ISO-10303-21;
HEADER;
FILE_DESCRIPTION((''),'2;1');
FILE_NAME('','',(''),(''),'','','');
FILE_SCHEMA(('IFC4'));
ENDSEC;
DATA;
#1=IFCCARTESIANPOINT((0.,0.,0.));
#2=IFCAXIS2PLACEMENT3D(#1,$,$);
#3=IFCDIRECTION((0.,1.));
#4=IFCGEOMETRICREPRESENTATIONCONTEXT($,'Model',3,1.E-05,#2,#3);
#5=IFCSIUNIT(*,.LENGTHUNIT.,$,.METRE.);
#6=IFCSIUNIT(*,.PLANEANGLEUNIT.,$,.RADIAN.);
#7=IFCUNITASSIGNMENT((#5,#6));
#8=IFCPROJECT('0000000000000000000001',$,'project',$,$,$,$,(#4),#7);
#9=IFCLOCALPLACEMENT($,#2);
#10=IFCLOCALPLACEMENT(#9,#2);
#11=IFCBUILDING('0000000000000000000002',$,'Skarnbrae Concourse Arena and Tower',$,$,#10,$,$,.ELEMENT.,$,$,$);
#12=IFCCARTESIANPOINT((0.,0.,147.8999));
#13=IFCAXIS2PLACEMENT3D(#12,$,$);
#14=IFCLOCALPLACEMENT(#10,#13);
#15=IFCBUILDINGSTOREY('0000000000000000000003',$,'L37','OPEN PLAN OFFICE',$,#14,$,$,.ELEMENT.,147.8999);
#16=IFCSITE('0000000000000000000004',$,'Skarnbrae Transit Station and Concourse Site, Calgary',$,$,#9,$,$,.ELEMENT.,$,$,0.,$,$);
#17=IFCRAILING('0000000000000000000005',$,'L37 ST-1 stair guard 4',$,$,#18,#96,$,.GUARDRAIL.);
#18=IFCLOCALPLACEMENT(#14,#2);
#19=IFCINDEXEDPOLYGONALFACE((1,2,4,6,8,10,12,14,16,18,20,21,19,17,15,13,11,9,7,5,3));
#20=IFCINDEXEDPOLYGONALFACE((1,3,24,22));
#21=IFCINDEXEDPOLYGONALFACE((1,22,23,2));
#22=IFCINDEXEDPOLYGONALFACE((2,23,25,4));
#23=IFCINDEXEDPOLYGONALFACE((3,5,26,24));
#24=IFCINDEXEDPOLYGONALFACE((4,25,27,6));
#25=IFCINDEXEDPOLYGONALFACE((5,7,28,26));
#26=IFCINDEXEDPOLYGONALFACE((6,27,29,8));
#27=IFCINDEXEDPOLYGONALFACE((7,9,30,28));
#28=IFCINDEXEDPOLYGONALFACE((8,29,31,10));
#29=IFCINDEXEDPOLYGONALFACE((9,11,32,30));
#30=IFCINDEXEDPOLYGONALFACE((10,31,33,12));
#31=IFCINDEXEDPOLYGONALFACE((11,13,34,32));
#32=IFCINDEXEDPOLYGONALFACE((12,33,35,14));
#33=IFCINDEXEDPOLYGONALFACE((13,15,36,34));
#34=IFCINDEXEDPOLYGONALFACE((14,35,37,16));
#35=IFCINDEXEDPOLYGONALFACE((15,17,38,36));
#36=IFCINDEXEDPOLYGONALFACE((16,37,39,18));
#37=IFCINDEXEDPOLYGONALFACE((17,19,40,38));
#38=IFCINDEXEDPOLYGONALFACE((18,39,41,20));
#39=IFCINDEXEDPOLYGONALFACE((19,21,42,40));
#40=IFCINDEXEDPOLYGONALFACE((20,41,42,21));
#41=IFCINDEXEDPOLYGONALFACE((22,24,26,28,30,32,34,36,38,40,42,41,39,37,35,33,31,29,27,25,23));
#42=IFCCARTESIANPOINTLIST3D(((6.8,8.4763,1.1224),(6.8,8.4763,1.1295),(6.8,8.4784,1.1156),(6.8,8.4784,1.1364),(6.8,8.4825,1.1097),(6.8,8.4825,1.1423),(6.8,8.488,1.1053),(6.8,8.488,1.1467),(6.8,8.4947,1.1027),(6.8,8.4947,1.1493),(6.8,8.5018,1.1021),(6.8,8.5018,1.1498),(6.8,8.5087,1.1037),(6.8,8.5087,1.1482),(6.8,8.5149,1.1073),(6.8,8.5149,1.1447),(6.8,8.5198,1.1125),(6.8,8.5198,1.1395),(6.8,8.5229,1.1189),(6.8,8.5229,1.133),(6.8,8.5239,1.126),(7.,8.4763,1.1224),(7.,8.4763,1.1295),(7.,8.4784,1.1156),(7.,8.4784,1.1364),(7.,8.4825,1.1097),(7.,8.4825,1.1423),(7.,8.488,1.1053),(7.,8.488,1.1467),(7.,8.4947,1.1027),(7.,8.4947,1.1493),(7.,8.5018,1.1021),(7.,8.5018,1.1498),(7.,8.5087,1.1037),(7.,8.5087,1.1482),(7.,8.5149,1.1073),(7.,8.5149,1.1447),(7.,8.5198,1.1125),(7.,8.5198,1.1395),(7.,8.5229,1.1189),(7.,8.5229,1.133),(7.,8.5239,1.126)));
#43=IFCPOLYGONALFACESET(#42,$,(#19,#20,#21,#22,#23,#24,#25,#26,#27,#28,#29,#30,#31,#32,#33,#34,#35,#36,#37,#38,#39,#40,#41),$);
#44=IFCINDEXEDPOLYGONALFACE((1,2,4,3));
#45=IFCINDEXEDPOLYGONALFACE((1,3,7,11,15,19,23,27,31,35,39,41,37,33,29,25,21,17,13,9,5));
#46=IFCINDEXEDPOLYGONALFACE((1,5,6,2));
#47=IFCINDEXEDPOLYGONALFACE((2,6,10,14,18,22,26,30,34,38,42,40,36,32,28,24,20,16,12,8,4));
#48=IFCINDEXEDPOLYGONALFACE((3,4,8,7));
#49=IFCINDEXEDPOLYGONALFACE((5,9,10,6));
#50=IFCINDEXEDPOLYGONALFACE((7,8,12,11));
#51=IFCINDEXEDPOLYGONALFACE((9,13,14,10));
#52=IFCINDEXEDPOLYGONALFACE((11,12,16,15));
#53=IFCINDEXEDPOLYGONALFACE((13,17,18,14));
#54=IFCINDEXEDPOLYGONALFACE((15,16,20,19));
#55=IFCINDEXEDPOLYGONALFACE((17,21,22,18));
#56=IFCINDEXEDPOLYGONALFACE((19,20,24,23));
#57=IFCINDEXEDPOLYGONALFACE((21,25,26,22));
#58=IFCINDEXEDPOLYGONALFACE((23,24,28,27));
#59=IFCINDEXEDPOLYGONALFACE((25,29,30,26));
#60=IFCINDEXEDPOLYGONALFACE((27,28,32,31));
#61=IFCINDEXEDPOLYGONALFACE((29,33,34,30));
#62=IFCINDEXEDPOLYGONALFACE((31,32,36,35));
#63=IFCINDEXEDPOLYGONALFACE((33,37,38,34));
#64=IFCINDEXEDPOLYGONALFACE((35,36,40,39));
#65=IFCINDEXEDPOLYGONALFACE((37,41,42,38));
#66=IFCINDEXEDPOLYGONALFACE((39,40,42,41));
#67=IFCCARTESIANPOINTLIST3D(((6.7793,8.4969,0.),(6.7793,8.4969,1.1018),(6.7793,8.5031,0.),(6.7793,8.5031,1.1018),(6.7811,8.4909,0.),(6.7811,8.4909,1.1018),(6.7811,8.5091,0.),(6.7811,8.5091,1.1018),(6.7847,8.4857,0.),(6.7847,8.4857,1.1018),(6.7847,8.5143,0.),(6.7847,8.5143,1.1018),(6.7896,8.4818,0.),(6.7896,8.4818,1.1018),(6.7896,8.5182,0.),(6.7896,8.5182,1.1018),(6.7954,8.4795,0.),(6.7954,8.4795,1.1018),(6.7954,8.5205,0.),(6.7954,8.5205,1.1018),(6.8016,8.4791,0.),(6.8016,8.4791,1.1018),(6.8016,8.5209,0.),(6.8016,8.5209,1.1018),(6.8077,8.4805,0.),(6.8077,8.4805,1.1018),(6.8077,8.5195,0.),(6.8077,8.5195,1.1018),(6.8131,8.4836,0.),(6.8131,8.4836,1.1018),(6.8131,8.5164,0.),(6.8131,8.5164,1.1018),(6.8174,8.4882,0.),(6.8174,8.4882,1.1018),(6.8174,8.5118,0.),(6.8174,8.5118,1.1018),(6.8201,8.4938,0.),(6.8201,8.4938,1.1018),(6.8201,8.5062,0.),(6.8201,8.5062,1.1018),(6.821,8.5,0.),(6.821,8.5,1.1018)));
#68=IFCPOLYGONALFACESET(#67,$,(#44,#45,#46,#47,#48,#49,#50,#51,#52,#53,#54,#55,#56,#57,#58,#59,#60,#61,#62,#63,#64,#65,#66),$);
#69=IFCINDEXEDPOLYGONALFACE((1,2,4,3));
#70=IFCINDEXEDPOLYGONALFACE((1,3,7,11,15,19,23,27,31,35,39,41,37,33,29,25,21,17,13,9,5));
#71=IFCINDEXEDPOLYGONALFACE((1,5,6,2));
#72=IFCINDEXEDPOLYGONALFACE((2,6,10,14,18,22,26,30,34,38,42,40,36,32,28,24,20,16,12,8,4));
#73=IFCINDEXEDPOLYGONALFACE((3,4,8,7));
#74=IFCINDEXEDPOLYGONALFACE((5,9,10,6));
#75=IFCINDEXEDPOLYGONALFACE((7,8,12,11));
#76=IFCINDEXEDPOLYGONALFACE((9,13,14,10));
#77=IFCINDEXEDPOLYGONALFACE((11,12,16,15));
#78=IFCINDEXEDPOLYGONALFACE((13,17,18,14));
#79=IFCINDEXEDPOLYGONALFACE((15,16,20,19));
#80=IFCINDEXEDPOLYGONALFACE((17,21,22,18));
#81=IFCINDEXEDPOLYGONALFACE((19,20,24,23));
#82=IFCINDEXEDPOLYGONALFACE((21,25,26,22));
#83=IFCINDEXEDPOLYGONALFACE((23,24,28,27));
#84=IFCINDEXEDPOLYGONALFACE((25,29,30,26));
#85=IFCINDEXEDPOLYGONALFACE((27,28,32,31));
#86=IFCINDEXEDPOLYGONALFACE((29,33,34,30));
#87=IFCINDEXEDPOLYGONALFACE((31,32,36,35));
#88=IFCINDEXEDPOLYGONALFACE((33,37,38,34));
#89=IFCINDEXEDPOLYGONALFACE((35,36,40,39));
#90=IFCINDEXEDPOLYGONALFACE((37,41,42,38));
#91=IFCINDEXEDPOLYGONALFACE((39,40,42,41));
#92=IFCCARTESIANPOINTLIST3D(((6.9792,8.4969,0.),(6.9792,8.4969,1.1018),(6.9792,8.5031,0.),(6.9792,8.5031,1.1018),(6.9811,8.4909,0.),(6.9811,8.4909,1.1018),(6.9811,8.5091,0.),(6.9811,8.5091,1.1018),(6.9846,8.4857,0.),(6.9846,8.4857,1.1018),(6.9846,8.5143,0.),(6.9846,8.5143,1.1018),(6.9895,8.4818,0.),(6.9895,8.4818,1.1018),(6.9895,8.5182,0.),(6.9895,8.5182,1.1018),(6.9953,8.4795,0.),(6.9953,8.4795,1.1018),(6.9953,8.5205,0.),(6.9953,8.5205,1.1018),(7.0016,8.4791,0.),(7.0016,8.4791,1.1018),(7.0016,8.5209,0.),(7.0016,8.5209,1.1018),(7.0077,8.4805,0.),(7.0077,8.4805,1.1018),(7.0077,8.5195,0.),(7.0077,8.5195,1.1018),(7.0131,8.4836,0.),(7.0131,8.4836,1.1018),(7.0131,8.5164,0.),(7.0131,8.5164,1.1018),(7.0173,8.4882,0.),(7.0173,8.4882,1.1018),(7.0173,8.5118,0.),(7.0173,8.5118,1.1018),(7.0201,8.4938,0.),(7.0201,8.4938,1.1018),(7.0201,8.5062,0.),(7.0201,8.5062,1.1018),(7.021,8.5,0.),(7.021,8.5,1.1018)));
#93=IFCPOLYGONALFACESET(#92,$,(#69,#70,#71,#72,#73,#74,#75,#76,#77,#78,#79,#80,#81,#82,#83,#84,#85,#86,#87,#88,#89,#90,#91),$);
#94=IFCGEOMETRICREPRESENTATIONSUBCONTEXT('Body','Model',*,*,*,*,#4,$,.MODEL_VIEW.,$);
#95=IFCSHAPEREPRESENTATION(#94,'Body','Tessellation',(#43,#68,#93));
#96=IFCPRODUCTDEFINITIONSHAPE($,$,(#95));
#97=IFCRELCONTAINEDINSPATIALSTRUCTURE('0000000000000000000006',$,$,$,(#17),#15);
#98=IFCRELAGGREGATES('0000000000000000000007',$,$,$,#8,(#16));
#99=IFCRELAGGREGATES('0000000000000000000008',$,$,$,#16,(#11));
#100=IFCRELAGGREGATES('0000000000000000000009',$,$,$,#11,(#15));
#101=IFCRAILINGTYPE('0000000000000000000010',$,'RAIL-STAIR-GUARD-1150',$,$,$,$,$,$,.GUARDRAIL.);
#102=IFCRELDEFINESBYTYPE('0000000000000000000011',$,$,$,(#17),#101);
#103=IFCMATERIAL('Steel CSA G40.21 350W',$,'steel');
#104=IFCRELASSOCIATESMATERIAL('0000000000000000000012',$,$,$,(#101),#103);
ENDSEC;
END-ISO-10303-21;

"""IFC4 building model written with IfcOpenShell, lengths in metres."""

from ifc_helpers import new_model, si_unit, direction, frame, origin, origin_2d, place, context, subcontext, project, spatial, circle, extrude, material, type_object, element, save


model = new_model("IFC4")

# Units and contexts
model_context = context("Model", 3, precision=1e-05, world=origin(), true_north=direction((0.0, 1.0)))
body_context = subcontext(model_context, "Body", "Model", "MODEL_VIEW")
ifc_project = project(units=[si_unit("LENGTHUNIT", "METRE"), si_unit("PLANEANGLEUNIT", "RADIAN")], contexts=[model_context])

# Site, building, storey
site_placement = place(None, origin())
site = spatial("IfcSite", under=ifc_project, at=site_placement, Name="Skarnbrae Transit Station and Concourse Site, Calgary", CompositionType="ELEMENT", RefElevation=0.0)
building_placement = place(site_placement, origin())
building = spatial("IfcBuilding", under=site, at=building_placement, Name="Skarnbrae Concourse Arena and Tower", CompositionType="ELEMENT")
storey_placement = place(building_placement, frame((0.0, 0.0, 147.8999)))
storey = spatial("IfcBuildingStorey", under=building, at=storey_placement, Name="L37", Description="OPEN PLAN OFFICE", CompositionType="ELEMENT", Elevation=147.8999)

# Shared definitions
ifc_material_1 = material(Name="Steel CSA G40.21 350W", Category="steel")

# Railing
railing_type_1 = type_object("IfcRailingType", Name="RAIL-STAIR-GUARD-1150", PredefinedType="GUARDRAIL", material=ifc_material_1)
railing_1_placement = place(storey_placement, frame((6.8, 8.5, 0.0)))
element("IfcRailing", 1, at=railing_1_placement, inside=storey, type_object=railing_type_1, Name="L37 ST-1 stair guard 4", PredefinedType="GUARDRAIL", context=body_context, shape_type="SweptSolid", body=[
    extrude(circle(Radius=0.0239, at=origin_2d()), frame((0.0, 0.0, 1.126), z_axis=(1.0, 0.0, 0.0), x_axis=(0.0, 1.0, 0.0)), (0.0, 0.0, 1.0), 0.2),
    extrude(circle(Radius=0.021, at=origin_2d()), origin(), (0.0, 0.0, 1.0), 1.1018),
    extrude(circle(Radius=0.021, at=origin_2d()), frame((0.2, 0.0, 0.0)), (0.0, 0.0, 1.0), 1.1018),
])

save(model, "model.ifc")
